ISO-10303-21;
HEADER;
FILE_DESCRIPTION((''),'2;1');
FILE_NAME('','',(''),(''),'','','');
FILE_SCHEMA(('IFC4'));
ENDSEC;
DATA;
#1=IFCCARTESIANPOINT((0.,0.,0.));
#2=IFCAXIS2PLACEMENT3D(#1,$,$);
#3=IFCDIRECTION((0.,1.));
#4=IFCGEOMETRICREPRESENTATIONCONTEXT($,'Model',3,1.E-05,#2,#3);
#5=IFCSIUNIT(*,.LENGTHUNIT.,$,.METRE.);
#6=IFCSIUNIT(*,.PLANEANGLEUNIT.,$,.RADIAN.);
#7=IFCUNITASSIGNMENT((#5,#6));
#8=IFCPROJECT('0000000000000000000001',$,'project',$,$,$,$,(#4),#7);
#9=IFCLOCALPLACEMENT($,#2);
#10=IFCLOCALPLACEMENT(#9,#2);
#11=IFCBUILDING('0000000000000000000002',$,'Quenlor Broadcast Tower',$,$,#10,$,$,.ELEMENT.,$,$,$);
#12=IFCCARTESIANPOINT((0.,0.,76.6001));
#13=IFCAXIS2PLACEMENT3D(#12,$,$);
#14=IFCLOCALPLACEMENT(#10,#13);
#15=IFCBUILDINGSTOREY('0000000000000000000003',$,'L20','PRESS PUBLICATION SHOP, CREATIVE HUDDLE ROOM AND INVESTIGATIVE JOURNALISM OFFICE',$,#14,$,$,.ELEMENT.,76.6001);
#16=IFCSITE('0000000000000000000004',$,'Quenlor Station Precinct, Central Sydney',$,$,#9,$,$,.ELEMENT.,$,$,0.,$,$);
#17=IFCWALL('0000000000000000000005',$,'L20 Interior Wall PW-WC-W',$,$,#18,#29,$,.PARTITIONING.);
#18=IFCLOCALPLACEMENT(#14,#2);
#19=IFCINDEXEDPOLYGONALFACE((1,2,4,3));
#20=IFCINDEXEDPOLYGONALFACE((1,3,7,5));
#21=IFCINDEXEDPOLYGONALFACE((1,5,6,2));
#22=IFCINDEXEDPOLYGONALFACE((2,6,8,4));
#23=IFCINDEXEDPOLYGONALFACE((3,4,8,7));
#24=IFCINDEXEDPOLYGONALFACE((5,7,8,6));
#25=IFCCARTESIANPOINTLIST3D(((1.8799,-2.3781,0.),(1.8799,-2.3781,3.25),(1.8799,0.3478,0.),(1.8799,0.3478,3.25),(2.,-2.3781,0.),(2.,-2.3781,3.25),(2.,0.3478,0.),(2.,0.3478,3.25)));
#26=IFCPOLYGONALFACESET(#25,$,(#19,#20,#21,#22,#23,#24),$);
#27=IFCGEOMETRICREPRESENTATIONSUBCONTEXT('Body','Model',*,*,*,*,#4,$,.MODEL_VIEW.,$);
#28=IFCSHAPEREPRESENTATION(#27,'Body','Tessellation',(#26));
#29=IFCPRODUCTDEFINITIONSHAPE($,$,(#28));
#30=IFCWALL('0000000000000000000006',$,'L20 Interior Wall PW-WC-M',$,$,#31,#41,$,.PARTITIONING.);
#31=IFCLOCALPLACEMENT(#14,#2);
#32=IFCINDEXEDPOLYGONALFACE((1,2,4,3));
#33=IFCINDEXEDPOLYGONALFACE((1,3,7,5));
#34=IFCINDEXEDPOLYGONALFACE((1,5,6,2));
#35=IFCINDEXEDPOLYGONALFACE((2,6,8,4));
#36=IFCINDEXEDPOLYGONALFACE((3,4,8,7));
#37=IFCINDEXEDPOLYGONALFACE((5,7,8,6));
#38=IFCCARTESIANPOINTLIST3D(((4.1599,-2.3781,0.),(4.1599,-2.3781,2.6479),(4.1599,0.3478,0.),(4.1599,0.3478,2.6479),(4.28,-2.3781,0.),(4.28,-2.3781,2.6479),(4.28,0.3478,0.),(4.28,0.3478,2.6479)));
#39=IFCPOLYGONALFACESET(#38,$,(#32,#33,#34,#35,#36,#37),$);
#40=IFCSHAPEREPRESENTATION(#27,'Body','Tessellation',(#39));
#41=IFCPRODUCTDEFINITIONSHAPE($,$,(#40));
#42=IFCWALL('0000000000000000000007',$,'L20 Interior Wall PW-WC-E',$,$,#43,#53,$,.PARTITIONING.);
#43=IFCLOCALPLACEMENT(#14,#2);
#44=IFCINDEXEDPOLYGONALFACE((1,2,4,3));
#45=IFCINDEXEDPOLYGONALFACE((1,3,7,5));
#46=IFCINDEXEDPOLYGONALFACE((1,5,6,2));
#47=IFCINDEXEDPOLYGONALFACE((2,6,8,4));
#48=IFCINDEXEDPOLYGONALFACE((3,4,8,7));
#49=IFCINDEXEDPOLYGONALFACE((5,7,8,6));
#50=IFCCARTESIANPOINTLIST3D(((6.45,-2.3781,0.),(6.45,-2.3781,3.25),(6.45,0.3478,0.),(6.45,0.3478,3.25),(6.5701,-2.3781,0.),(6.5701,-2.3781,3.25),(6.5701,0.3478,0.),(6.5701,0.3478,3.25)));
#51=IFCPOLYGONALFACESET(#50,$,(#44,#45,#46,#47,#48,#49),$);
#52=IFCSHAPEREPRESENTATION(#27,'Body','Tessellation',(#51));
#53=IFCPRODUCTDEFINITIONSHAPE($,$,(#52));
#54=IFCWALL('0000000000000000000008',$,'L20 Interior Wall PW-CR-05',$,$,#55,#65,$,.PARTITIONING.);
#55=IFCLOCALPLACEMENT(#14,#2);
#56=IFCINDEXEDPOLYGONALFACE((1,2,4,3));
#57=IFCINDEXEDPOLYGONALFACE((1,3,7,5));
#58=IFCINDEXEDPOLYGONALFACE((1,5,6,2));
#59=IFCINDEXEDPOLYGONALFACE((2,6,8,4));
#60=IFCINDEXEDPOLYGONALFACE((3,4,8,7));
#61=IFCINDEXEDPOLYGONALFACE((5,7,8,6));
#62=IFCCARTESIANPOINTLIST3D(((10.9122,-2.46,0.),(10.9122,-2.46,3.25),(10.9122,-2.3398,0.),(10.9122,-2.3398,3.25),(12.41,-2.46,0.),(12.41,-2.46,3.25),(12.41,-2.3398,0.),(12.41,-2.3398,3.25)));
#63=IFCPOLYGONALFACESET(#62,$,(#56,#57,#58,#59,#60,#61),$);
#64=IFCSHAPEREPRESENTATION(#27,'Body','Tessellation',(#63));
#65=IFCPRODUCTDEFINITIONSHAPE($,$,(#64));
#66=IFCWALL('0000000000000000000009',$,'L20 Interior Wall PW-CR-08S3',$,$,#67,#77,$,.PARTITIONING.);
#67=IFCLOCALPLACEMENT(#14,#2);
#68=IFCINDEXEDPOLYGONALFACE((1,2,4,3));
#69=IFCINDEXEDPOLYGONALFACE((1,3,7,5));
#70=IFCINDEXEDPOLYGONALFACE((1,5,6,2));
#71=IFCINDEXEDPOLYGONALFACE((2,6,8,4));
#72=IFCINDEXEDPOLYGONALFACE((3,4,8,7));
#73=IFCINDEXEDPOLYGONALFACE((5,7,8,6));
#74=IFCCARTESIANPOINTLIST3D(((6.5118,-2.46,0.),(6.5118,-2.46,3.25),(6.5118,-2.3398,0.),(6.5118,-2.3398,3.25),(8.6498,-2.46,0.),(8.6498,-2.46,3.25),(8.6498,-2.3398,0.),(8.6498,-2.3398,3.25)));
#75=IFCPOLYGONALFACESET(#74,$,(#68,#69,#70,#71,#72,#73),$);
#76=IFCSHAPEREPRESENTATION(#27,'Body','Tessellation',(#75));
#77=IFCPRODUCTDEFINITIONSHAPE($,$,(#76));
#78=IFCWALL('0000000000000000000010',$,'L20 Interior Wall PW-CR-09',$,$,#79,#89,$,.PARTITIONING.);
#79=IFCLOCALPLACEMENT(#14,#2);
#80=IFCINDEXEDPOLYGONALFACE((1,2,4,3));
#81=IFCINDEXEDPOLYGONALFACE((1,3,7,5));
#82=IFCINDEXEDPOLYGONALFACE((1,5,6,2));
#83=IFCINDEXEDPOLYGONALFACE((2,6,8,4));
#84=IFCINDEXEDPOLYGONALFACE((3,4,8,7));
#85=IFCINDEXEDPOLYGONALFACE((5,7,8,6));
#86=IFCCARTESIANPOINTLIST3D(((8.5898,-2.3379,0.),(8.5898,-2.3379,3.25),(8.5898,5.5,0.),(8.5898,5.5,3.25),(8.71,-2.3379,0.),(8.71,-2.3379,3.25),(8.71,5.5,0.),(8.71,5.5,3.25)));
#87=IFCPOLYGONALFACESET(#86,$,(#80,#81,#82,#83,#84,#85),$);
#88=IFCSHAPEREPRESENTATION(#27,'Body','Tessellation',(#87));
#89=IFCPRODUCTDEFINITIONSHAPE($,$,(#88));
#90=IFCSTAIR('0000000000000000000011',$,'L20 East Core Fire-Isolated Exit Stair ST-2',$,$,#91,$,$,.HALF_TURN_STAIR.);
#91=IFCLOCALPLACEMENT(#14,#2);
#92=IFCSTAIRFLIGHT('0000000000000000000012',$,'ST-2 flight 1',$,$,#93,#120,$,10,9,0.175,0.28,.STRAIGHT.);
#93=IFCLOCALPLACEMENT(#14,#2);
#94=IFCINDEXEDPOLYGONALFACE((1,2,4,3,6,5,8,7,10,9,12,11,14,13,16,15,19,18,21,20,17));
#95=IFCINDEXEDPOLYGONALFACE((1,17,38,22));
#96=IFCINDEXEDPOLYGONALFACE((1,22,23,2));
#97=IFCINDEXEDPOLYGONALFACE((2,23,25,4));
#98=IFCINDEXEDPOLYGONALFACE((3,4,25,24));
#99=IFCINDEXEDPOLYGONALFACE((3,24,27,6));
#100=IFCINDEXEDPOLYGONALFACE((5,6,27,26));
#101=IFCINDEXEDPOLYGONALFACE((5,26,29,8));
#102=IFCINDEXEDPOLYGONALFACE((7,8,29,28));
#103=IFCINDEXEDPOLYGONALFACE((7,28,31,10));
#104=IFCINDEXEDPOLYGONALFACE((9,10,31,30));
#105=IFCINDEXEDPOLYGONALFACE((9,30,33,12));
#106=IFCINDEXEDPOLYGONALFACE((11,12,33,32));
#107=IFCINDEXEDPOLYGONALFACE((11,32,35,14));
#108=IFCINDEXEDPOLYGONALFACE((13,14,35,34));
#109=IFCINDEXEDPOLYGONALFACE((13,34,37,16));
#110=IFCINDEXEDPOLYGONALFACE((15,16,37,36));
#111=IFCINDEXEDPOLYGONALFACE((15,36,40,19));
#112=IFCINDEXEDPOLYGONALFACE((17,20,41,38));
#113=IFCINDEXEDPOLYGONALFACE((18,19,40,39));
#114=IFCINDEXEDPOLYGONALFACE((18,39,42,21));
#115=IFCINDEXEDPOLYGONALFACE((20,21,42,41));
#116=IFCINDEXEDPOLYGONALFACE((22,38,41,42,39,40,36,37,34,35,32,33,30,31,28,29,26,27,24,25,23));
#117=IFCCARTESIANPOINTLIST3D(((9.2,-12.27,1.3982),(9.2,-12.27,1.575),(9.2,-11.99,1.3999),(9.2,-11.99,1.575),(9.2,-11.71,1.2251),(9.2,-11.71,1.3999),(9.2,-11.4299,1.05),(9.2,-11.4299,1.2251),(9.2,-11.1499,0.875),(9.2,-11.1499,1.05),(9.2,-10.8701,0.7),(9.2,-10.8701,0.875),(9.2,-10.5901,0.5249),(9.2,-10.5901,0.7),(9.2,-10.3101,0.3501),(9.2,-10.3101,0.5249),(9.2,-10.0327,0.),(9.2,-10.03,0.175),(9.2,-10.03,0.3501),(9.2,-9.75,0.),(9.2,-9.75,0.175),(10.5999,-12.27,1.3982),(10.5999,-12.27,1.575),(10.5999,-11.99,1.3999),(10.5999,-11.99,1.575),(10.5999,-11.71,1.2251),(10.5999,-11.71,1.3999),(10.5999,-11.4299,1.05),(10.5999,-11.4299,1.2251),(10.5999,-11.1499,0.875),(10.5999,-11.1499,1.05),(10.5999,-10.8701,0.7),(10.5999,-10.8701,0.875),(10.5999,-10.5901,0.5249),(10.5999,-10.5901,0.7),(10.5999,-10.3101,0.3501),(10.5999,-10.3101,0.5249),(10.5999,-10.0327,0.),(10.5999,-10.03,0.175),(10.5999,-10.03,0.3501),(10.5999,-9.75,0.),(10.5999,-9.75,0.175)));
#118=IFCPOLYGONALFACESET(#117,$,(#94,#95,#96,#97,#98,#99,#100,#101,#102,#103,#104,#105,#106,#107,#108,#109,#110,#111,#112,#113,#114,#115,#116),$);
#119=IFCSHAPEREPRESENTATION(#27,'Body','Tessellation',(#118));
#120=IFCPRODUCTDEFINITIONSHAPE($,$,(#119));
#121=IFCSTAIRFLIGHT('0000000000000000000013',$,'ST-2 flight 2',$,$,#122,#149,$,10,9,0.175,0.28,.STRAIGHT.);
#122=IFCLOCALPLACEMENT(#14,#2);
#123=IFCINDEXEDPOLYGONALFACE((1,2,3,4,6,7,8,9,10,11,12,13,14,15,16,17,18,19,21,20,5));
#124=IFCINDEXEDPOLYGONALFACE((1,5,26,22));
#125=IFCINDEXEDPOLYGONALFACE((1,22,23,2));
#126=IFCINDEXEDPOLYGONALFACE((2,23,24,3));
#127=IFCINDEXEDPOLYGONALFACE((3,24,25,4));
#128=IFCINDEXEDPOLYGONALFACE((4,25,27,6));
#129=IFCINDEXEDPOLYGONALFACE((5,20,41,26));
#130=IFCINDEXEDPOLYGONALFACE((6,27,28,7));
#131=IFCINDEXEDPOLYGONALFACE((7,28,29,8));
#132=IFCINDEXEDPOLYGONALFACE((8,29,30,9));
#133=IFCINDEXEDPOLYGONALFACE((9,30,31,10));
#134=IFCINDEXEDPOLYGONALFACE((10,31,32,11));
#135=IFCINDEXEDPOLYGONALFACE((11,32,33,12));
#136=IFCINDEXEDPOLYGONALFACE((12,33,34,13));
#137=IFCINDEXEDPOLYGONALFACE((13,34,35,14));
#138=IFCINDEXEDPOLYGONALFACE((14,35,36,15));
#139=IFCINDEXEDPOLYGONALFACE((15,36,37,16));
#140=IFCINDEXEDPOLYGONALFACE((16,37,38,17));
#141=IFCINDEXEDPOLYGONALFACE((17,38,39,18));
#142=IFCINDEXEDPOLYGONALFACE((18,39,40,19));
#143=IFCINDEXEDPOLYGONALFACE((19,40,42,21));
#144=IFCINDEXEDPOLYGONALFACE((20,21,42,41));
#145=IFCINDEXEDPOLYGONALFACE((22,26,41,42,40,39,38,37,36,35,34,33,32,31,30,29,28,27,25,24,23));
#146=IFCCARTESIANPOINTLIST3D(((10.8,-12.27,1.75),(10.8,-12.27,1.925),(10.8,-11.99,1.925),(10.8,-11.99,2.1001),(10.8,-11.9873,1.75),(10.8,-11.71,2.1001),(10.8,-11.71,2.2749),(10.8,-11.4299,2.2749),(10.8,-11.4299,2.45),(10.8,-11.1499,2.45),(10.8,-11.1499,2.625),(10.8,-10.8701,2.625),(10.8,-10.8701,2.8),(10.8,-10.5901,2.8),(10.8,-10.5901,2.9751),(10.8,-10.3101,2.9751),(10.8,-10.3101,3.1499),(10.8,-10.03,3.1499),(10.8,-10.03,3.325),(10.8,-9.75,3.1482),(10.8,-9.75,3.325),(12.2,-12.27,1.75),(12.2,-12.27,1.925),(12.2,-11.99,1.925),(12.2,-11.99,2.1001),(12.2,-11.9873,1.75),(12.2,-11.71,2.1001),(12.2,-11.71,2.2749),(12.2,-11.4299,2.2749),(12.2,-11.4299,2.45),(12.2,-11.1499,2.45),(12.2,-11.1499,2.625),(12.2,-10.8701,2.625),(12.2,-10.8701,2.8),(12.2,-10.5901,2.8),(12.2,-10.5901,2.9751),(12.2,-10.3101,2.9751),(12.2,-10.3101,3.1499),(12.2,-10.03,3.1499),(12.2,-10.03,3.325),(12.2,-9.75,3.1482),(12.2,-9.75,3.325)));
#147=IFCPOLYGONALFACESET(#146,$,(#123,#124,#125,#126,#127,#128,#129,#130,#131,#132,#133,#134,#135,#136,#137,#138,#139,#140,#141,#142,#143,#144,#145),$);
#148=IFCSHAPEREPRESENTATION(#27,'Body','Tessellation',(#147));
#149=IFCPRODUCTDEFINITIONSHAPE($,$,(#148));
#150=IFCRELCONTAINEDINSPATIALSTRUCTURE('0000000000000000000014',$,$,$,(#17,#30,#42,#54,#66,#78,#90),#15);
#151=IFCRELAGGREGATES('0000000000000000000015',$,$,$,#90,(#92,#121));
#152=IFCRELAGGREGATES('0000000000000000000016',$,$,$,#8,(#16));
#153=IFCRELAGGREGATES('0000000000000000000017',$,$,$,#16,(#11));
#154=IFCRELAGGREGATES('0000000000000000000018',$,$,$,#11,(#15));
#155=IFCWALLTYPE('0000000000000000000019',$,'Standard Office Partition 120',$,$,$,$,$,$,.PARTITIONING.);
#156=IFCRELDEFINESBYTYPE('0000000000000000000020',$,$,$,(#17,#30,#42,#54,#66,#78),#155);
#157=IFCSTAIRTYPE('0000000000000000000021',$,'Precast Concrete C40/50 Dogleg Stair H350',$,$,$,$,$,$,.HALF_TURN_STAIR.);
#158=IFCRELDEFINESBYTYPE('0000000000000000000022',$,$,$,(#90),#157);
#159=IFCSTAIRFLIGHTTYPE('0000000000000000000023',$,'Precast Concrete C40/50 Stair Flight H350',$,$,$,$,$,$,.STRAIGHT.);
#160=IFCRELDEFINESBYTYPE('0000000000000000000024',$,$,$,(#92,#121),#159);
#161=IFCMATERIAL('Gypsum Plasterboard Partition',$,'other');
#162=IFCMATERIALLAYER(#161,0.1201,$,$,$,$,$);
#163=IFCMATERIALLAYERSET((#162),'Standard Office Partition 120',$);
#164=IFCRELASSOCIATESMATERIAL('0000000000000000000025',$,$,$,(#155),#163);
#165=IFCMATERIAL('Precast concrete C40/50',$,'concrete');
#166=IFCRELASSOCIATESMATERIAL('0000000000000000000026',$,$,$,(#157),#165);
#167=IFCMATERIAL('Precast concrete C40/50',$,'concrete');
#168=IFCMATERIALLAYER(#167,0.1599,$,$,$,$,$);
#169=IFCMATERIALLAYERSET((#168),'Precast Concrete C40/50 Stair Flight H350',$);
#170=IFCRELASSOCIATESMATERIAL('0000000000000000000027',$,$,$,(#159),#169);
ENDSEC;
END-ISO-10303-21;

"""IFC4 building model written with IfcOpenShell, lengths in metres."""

from ifc_helpers import new_model, si_unit, direction, frame, frame_2d, origin, place, context, subcontext, project, spatial, polyline, rectangle, outline, extrude, material, layer, layer_set, type_object, element, aggregate, save


model = new_model("IFC4")

# Units and contexts
model_context = context("Model", 3, precision=1e-05, world=origin(), true_north=direction((0.0, 1.0)))
body_context = subcontext(model_context, "Body", "Model", "MODEL_VIEW")
ifc_project = project(units=[si_unit("LENGTHUNIT", "METRE"), si_unit("PLANEANGLEUNIT", "RADIAN")], contexts=[model_context])

# Site, building, storey
site_placement = place(None, origin())
site = spatial("IfcSite", under=ifc_project, at=site_placement, Name="Quenlor Station Precinct, Central Sydney", CompositionType="ELEMENT", RefElevation=0.0)
building_placement = place(site_placement, origin())
building = spatial("IfcBuilding", under=site, at=building_placement, Name="Quenlor Broadcast Tower", CompositionType="ELEMENT")
storey_placement = place(building_placement, frame((0.0, 0.0, 76.6001)))
storey = spatial("IfcBuildingStorey", under=building, at=storey_placement, Name="L20", Description="PRESS PUBLICATION SHOP, CREATIVE HUDDLE ROOM AND INVESTIGATIVE JOURNALISM OFFICE", CompositionType="ELEMENT", Elevation=76.6001)

# Shared definitions
ifc_material_1 = material(Name="Gypsum Plasterboard Partition", Category="other")
ifc_layer_1 = layer(ifc_material_1, 0.1201)
ifc_layer_set_1 = layer_set([ifc_layer_1], Name="Standard Office Partition 120")
wall_type_1 = type_object("IfcWallType", Name="Standard Office Partition 120", PredefinedType="PARTITIONING", material=ifc_layer_set_1)

# Walls
wall_1_placement = place(storey_placement, frame((1.9399, -2.3779, 0.0), z_axis=(0.0, 0.0, 1.0), x_axis=(0.0, 1.0, 0.0)))
element("IfcWall", 1, at=wall_1_placement, inside=storey, type_object=wall_type_1, Name="L20 Interior Wall PW-WC-W", PredefinedType="PARTITIONING", context=body_context, shape_type="SweptSolid", body=[
    extrude(rectangle(XDim=2.7258, YDim=0.1201, at=frame_2d((1.3628, 0.0))), origin(), (0.0, 0.0, 1.0), 3.25),
])
wall_2_placement = place(storey_placement, frame((4.22, -2.3779, 0.0), z_axis=(0.0, 0.0, 1.0), x_axis=(0.0, 1.0, 0.0)))
element("IfcWall", 2, at=wall_2_placement, inside=storey, type_object=wall_type_1, Name="L20 Interior Wall PW-WC-M", PredefinedType="PARTITIONING", context=body_context, shape_type="SweptSolid", body=[
    extrude(rectangle(XDim=2.7258, YDim=0.1201, at=frame_2d((1.3628, 0.0))), origin(), (0.0, 0.0, 1.0), 2.6479),
])
wall_3_placement = place(storey_placement, frame((6.51, -2.3779, 0.0), z_axis=(0.0, 0.0, 1.0), x_axis=(0.0, 1.0, 0.0)))
element("IfcWall", 3, at=wall_3_placement, inside=storey, type_object=wall_type_1, Name="L20 Interior Wall PW-WC-E", PredefinedType="PARTITIONING", context=body_context, shape_type="SweptSolid", body=[
    extrude(rectangle(XDim=2.7258, YDim=0.1201, at=frame_2d((1.3628, 0.0))), origin(), (0.0, 0.0, 1.0), 3.25),
])
wall_4_placement = place(storey_placement, frame((10.9121, -2.3999, 0.0), z_axis=(0.0, 0.0, 1.0), x_axis=(1.0, 0.0, 0.0)))
element("IfcWall", 4, at=wall_4_placement, inside=storey, type_object=wall_type_1, Name="L20 Interior Wall PW-CR-05", PredefinedType="PARTITIONING", context=body_context, shape_type="SweptSolid", body=[
    extrude(rectangle(XDim=1.4978, YDim=0.1201, at=frame_2d((0.749, 0.0))), origin(), (0.0, 0.0, 1.0), 3.25),
])
wall_5_placement = place(storey_placement, frame((6.512, -2.3999, 0.0), z_axis=(0.0, 0.0, 1.0), x_axis=(1.0, 0.0, 0.0)))
element("IfcWall", 5, at=wall_5_placement, inside=storey, type_object=wall_type_1, Name="L20 Interior Wall PW-CR-08S3", PredefinedType="PARTITIONING", context=body_context, shape_type="SweptSolid", body=[
    extrude(rectangle(XDim=2.1379, YDim=0.1201, at=frame_2d((1.0688, 0.0))), origin(), (0.0, 0.0, 1.0), 3.25),
])
wall_6_placement = place(storey_placement, frame((8.6499, -2.3379, 0.0), z_axis=(0.0, 0.0, 1.0), x_axis=(0.0, 1.0, 0.0)))
element("IfcWall", 6, at=wall_6_placement, inside=storey, type_object=wall_type_1, Name="L20 Interior Wall PW-CR-09", PredefinedType="PARTITIONING", context=body_context, shape_type="SweptSolid", body=[
    extrude(rectangle(XDim=7.8379, YDim=0.1201, at=frame_2d((3.9189, 0.0))), origin(), (0.0, 0.0, 1.0), 3.25),
])

# Stair, stair flights
ifc_material_2 = material(Name="Precast concrete C40/50", Category="concrete")
stair_type = type_object("IfcStairType", Name="Precast Concrete C40/50 Dogleg Stair H350", PredefinedType="HALF_TURN_STAIR", material=ifc_material_2)
stair_placement = place(storey_placement, origin())
stair = element("IfcStair", 7, at=stair_placement, inside=storey, type_object=stair_type, Name="L20 East Core Fire-Isolated Exit Stair ST-2", PredefinedType="HALF_TURN_STAIR")
ifc_material_3 = material(Name="Precast concrete C40/50", Category="concrete")
ifc_layer_2 = layer(ifc_material_3, 0.1599)
ifc_layer_set_2 = layer_set([ifc_layer_2], Name="Precast Concrete C40/50 Stair Flight H350")
stair_flight_type = type_object("IfcStairFlightType", Name="Precast Concrete C40/50 Stair Flight H350", PredefinedType="STRAIGHT", material=ifc_layer_set_2)
stair_flight_1_placement = place(storey_placement, frame((9.8999, -9.75, 0.0), z_axis=(0.0, 0.0, 1.0), x_axis=(0.0, -1.0, 0.0)))
stair_flight_1 = element("IfcStairFlight", 8, at=stair_flight_1_placement, type_object=stair_flight_type, Name="ST-2 flight 1", NumberOfRisers=10, NumberOfTreads=9, PredefinedType="STRAIGHT", RiserHeight=0.175, TreadLength=0.28, context=body_context, shape_type="SweptSolid", body=[
    extrude(outline(polyline([(0.0, 0.0), (0.0, 0.175), (0.28, 0.175), (0.28, 0.3501), (0.5601, 0.3501), (0.5601, 0.5249), (0.8401, 0.5249), (0.8401, 0.7), (1.1201, 0.7), (1.1201, 0.875), (1.3999, 0.875), (1.3999, 1.05), (1.6799, 1.05), (1.6799, 1.2251), (1.96, 1.2251), (1.96, 1.3999), (2.24, 1.3999), (2.24, 1.575), (2.52, 1.575), (2.52, 1.75), (2.52, 1.3982), (0.2827, 0.0), (0.0, 0.0)])), frame((0.0, 0.7, 0.0), z_axis=(0.0, -1.0, 0.0), x_axis=(1.0, 0.0, 0.0)), (0.0, 0.0, 1.0), 1.3999),
])
stair_flight_2_placement = place(storey_placement, frame((11.5, -12.27, 1.75), z_axis=(0.0, 0.0, 1.0), x_axis=(0.0, 1.0, 0.0)))
stair_flight_2 = element("IfcStairFlight", 9, at=stair_flight_2_placement, type_object=stair_flight_type, Name="ST-2 flight 2", NumberOfRisers=10, NumberOfTreads=9, PredefinedType="STRAIGHT", RiserHeight=0.175, TreadLength=0.28, context=body_context, shape_type="SweptSolid", body=[
    extrude(outline(polyline([(0.0, 0.0), (0.0, 0.175), (0.28, 0.175), (0.28, 0.3501), (0.5601, 0.3501), (0.5601, 0.5249), (0.8401, 0.5249), (0.8401, 0.7), (1.1201, 0.7), (1.1201, 0.875), (1.3999, 0.875), (1.3999, 1.05), (1.6799, 1.05), (1.6799, 1.2251), (1.96, 1.2251), (1.96, 1.3999), (2.24, 1.3999), (2.24, 1.575), (2.52, 1.575), (2.52, 1.75), (2.52, 1.3982), (0.2827, 0.0), (0.0, 0.0)])), frame((0.0, 0.7, 0.0), z_axis=(0.0, -1.0, 0.0), x_axis=(1.0, 0.0, 0.0)), (0.0, 0.0, 1.0), 1.3999),
])
aggregate(stair, [stair_flight_1, stair_flight_2])

save(model, "model.ifc")
